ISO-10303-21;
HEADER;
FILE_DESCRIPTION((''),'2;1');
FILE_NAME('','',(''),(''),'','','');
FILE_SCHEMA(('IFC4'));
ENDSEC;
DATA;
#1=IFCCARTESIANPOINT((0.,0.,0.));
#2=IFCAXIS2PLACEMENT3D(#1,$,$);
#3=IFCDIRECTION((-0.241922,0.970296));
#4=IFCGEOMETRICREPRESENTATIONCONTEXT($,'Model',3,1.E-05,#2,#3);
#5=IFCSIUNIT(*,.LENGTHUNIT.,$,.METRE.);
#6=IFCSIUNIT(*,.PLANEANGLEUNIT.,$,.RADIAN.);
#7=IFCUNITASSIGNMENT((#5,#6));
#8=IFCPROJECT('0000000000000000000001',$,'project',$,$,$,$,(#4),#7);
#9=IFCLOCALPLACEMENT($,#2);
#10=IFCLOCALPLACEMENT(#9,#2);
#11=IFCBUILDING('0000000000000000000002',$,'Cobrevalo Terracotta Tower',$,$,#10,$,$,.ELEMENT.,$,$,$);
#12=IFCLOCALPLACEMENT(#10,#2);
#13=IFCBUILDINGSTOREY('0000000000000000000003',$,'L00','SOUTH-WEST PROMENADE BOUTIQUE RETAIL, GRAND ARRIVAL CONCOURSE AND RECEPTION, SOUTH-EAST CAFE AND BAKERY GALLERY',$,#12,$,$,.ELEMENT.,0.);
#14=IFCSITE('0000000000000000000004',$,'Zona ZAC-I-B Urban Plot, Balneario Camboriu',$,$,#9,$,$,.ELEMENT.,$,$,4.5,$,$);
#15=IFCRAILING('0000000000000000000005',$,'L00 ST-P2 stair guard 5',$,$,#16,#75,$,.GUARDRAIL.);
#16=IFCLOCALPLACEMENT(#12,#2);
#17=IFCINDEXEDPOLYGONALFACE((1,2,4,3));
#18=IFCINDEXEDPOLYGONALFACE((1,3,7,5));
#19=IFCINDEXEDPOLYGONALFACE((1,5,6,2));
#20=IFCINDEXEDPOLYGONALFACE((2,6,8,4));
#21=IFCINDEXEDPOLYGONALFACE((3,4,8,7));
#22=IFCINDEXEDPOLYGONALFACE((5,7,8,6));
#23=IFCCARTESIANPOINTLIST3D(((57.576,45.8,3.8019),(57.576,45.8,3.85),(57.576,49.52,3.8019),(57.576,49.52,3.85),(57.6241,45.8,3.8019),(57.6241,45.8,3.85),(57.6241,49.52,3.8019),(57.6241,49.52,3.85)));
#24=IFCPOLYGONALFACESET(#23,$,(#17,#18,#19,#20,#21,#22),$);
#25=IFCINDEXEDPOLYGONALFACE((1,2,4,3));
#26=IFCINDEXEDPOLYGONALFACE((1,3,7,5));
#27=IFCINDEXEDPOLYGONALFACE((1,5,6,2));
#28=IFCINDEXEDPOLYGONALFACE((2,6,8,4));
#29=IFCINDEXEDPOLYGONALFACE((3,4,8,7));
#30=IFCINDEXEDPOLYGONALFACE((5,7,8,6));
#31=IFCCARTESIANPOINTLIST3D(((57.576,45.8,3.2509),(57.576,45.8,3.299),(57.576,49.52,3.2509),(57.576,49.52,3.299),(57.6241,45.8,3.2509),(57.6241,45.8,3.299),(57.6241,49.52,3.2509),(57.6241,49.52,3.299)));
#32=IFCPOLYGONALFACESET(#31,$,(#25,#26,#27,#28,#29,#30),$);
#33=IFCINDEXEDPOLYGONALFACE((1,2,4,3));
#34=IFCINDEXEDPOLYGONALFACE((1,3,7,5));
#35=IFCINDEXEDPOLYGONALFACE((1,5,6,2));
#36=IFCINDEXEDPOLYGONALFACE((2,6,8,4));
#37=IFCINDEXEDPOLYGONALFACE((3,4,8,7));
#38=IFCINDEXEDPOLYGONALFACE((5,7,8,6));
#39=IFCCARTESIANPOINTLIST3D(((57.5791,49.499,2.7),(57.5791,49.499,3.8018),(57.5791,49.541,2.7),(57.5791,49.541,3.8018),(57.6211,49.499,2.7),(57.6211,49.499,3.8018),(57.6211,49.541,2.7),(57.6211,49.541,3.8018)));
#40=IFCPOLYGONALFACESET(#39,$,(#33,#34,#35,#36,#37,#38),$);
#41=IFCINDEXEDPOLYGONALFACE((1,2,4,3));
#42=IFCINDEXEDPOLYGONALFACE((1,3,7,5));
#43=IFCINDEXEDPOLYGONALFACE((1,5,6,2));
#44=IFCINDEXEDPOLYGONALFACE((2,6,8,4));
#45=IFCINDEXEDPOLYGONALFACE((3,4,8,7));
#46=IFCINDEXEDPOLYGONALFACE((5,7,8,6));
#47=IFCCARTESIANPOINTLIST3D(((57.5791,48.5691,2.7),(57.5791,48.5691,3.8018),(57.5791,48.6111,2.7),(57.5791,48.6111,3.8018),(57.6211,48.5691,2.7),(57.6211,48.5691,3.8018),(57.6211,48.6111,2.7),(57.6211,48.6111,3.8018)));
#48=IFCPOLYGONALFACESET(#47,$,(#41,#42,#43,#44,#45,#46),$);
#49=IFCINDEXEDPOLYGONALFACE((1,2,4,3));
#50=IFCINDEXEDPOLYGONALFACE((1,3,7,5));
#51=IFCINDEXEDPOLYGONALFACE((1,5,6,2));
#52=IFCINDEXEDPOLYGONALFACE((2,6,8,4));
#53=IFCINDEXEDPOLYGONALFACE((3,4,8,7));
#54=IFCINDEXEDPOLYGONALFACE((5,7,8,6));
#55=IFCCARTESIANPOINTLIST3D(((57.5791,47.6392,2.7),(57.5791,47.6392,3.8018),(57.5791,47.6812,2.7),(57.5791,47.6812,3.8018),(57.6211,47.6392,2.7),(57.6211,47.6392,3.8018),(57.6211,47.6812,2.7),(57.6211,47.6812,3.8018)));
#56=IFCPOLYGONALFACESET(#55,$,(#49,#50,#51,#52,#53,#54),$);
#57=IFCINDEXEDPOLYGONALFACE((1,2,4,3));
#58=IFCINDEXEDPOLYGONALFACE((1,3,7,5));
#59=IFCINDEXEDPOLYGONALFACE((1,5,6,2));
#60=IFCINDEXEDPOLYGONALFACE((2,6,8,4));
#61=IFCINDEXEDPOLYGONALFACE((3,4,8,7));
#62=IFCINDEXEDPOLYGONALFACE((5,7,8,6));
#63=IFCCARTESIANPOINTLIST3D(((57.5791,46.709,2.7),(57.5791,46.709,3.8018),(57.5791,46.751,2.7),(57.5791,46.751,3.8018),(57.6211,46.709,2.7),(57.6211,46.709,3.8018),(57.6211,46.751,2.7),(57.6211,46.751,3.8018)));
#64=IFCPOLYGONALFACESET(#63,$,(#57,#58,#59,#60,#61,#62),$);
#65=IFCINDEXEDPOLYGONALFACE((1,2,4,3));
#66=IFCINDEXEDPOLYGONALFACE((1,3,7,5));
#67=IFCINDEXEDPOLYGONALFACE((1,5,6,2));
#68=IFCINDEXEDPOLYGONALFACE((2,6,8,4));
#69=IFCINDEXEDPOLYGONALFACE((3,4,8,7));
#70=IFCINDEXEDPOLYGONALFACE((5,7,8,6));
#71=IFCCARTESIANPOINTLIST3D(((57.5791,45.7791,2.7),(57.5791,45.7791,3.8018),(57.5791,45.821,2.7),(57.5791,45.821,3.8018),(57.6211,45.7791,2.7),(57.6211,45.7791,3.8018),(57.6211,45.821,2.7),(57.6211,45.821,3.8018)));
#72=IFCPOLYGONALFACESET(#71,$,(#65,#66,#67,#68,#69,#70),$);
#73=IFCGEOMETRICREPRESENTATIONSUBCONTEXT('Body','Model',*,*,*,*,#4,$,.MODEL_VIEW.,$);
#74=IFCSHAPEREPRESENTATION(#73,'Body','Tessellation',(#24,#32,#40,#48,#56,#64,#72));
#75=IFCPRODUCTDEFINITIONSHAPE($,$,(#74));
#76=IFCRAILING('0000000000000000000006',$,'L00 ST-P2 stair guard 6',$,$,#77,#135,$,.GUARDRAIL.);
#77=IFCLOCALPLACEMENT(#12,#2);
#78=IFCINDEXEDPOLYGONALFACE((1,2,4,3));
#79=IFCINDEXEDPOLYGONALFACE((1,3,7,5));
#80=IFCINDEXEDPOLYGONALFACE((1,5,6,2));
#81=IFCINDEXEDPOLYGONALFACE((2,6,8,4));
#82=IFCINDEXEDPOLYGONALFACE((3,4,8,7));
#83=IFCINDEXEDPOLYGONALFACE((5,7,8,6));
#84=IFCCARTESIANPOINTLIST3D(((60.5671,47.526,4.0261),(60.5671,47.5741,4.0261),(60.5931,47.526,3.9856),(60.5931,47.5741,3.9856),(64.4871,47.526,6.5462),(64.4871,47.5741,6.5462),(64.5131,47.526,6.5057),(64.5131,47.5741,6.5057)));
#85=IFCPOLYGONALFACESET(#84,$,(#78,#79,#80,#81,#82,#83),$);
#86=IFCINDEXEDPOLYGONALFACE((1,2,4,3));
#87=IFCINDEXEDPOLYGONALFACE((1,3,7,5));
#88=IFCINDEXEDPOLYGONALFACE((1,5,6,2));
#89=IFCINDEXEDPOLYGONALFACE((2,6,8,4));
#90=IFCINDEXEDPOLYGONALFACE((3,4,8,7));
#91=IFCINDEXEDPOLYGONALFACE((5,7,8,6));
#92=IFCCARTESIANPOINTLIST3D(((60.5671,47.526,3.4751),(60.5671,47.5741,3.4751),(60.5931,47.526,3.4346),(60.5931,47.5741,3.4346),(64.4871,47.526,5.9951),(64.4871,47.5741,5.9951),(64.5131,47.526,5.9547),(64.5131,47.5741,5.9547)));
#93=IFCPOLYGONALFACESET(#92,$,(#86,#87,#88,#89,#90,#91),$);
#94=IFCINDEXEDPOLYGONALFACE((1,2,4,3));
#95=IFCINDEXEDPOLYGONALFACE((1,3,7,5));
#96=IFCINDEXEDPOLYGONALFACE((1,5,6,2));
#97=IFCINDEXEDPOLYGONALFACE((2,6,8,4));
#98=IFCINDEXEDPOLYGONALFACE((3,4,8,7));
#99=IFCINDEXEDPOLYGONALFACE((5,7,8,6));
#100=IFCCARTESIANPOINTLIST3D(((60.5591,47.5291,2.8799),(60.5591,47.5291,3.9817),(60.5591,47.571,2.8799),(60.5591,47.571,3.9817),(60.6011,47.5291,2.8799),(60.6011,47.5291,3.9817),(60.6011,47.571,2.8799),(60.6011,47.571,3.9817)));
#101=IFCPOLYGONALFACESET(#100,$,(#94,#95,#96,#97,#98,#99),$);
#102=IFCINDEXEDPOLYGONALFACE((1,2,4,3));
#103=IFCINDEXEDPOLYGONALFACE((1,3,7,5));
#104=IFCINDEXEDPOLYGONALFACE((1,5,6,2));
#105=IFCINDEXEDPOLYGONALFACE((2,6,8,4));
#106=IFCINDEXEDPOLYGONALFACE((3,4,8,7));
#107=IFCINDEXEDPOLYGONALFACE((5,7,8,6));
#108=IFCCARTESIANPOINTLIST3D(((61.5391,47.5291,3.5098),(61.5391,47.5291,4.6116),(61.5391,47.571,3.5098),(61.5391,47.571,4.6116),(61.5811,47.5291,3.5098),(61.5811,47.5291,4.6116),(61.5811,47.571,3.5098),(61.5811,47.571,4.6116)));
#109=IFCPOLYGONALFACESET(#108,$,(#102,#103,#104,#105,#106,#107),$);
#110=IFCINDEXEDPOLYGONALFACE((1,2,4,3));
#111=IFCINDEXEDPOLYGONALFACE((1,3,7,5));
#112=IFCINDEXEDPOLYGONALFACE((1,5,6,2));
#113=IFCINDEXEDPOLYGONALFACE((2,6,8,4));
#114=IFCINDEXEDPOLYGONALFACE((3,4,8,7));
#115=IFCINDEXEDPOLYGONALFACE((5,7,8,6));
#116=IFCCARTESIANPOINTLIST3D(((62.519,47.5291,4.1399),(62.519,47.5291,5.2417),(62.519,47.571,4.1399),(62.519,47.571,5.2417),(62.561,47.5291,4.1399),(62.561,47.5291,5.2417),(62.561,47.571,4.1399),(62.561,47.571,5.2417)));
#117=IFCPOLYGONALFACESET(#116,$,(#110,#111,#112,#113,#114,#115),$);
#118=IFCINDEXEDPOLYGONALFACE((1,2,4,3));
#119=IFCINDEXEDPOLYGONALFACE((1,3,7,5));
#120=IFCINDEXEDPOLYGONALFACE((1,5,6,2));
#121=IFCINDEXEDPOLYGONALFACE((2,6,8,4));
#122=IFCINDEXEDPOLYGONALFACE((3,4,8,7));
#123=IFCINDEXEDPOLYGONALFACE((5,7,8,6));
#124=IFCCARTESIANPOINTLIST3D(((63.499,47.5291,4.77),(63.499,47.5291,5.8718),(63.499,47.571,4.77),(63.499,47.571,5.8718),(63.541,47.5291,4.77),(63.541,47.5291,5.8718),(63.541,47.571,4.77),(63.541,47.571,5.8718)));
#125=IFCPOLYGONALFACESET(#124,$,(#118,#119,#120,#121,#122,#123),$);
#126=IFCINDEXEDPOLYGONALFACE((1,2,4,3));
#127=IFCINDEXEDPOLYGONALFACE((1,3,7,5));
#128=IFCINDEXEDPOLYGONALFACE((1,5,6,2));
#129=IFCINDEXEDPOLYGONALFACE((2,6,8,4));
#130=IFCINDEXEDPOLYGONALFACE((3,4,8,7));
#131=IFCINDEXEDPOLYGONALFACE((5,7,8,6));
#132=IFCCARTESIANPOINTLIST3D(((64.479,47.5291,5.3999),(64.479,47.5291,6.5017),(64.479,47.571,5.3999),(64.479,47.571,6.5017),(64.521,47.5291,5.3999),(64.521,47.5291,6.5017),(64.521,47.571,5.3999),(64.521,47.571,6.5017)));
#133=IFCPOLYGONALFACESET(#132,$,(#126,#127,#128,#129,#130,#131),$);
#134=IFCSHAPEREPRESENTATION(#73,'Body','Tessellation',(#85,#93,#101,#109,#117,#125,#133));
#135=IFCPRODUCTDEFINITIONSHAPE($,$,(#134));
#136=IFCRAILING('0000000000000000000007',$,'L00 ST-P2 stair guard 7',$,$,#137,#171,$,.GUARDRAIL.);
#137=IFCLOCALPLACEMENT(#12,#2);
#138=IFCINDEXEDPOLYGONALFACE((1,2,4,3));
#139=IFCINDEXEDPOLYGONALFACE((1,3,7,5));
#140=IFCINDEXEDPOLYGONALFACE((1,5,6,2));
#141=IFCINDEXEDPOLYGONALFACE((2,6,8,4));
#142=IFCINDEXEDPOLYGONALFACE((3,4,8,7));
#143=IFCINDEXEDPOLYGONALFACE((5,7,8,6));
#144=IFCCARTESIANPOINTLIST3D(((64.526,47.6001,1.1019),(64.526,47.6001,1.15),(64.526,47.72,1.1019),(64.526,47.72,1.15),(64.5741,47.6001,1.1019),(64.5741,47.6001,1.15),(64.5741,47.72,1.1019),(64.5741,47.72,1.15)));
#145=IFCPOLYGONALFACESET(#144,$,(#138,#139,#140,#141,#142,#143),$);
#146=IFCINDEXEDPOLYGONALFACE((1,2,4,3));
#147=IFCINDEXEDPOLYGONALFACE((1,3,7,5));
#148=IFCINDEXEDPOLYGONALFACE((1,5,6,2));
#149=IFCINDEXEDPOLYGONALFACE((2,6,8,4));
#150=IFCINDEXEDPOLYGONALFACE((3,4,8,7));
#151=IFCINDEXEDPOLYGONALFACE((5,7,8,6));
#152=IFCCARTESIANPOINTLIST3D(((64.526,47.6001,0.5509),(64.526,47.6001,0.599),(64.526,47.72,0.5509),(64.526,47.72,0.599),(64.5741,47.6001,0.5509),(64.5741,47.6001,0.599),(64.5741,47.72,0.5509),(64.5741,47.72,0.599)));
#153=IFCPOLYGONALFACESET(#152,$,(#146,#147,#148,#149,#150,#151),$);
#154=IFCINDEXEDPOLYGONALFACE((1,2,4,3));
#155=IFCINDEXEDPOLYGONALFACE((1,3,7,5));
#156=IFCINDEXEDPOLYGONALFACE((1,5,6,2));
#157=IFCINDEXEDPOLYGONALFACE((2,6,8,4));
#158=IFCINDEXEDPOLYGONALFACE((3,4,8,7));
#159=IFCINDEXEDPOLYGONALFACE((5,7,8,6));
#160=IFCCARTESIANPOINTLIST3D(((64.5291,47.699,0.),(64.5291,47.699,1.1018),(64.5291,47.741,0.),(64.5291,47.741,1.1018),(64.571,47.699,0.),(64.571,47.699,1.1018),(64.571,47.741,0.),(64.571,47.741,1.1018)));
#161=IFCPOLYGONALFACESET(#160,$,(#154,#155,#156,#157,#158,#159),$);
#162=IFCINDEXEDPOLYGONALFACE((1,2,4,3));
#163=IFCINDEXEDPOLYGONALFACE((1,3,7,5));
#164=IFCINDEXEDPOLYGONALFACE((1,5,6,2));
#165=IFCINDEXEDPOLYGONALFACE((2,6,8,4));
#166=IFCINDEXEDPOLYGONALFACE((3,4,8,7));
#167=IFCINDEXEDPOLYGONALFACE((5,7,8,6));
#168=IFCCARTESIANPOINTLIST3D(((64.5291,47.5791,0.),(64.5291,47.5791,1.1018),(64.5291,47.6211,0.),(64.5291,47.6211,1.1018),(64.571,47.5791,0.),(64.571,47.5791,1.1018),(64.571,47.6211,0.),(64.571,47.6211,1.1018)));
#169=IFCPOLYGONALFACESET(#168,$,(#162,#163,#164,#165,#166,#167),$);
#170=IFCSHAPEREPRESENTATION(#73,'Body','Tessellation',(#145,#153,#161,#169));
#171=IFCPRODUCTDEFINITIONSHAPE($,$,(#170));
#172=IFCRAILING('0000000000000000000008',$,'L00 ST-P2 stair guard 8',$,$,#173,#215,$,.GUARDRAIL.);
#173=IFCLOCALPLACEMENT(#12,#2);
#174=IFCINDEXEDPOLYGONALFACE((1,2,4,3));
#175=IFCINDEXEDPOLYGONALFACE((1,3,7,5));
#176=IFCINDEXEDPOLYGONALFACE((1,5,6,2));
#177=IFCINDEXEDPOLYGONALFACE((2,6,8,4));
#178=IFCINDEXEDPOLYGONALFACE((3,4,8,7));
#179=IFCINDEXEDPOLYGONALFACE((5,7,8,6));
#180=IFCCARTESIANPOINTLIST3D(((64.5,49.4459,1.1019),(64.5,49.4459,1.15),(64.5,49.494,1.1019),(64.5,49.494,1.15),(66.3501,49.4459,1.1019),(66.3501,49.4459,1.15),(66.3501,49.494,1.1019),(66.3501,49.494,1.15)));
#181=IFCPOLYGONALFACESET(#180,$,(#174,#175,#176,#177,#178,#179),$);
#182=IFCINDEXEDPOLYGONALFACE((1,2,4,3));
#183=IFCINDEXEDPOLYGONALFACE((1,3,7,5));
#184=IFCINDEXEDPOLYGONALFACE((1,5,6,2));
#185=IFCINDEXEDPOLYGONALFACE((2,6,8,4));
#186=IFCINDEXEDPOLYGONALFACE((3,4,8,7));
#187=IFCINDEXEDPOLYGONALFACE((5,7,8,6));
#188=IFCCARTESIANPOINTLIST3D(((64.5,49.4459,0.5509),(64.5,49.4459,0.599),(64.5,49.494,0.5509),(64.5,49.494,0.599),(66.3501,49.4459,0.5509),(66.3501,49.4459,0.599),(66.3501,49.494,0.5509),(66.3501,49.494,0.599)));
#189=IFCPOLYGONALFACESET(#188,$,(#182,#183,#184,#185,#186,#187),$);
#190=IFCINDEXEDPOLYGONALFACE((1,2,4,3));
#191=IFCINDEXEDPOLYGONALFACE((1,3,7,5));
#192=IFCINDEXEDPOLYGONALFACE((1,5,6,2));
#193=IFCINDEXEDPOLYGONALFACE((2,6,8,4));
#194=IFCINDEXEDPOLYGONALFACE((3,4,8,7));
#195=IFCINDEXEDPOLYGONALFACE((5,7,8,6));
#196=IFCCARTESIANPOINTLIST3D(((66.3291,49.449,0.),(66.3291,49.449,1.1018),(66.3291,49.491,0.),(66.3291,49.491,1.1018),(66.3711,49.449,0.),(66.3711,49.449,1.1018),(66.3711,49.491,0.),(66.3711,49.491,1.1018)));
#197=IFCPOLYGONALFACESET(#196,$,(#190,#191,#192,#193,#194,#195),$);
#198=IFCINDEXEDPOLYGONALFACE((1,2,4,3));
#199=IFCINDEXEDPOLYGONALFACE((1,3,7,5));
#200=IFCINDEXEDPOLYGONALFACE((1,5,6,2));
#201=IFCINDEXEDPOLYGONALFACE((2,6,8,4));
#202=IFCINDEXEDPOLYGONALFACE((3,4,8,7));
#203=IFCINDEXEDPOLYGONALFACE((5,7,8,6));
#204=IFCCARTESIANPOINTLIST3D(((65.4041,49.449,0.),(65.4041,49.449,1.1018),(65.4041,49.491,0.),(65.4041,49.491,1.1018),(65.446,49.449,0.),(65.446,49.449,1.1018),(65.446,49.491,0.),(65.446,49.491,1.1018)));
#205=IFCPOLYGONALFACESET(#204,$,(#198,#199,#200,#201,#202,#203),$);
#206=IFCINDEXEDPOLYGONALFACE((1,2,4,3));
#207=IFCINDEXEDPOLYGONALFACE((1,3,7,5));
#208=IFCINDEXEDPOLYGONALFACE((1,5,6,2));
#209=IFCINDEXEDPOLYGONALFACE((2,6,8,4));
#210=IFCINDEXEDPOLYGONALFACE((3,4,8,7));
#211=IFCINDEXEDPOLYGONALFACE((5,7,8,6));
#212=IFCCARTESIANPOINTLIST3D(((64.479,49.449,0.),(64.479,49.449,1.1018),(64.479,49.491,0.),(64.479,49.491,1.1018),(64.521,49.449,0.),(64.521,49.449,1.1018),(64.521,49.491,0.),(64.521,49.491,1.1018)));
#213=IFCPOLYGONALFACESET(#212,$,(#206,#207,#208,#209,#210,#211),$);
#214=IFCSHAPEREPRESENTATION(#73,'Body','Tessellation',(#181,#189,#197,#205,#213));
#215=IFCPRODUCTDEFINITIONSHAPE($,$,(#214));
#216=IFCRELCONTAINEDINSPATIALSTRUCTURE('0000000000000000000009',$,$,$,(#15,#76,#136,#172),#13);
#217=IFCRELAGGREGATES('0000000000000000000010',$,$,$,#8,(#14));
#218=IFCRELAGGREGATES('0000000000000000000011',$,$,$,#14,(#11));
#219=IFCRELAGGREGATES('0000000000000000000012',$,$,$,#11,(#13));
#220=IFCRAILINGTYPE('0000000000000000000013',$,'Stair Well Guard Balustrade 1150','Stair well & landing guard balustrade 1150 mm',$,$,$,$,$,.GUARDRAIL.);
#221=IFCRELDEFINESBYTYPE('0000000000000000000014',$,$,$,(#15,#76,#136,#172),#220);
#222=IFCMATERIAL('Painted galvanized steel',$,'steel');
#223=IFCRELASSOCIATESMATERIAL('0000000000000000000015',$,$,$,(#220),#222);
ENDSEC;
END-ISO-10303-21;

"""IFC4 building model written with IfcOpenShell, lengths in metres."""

from ifc_helpers import new_model, si_unit, direction, frame, origin, origin_2d, place, context, subcontext, project, spatial, rectangle, extrude, material, type_object, element, save


model = new_model("IFC4")

# Units and contexts
model_context = context("Model", 3, precision=1e-05, world=origin(), true_north=direction((-0.241922, 0.970296)))
body_context = subcontext(model_context, "Body", "Model", "MODEL_VIEW")
ifc_project = project(units=[si_unit("LENGTHUNIT", "METRE"), si_unit("PLANEANGLEUNIT", "RADIAN")], contexts=[model_context])

# Site, building, storey
site_placement = place(None, origin())
site = spatial("IfcSite", under=ifc_project, at=site_placement, Name="Zona ZAC-I-B Urban Plot, Balneario Camboriu", CompositionType="ELEMENT", RefElevation=4.5)
building_placement = place(site_placement, origin())
building = spatial("IfcBuilding", under=site, at=building_placement, Name="Cobrevalo Terracotta Tower", CompositionType="ELEMENT")
storey_placement = place(building_placement, origin())
storey = spatial("IfcBuildingStorey", under=building, at=storey_placement, Name="L00", Description="SOUTH-WEST PROMENADE BOUTIQUE RETAIL, GRAND ARRIVAL CONCOURSE AND RECEPTION, SOUTH-EAST CAFE AND BAKERY GALLERY", CompositionType="ELEMENT", Elevation=0.0)

# Railings
ifc_material_1 = material(Name="Painted galvanized steel", Category="steel")
railing_type_1 = type_object("IfcRailingType", Name="Stair Well Guard Balustrade 1150", Description="Stair well & landing guard balustrade 1150 mm", PredefinedType="GUARDRAIL", material=ifc_material_1)
railing_1_placement = place(storey_placement, frame((57.6001, 49.52, 2.7)))
element("IfcRailing", 1, at=railing_1_placement, inside=storey, type_object=railing_type_1, Name="L00 ST-P2 stair guard 5", PredefinedType="GUARDRAIL", context=body_context, shape_type="SweptSolid", body=[
    extrude(rectangle(XDim=0.0481, YDim=0.0481, at=origin_2d()), frame((0.0, 0.0, 1.126), z_axis=(0.0, -1.0, 0.0), x_axis=(1.0, 0.0, 0.0)), (0.0, 0.0, 1.0), 3.72),
    extrude(rectangle(XDim=0.0481, YDim=0.0481, at=origin_2d()), frame((0.0, 0.0, 0.575), z_axis=(0.0, -1.0, 0.0), x_axis=(1.0, 0.0, 0.0)), (0.0, 0.0, 1.0), 3.72),
    extrude(rectangle(XDim=0.042, YDim=0.042, at=origin_2d()), origin(), (0.0, 0.0, 1.0), 1.1018),
    extrude(rectangle(XDim=0.042, YDim=0.042, at=origin_2d()), frame((0.0, -0.9299, 0.0)), (0.0, 0.0, 1.0), 1.1018),
    extrude(rectangle(XDim=0.042, YDim=0.042, at=origin_2d()), frame((0.0, -1.8599, 0.0)), (0.0, 0.0, 1.0), 1.1018),
    extrude(rectangle(XDim=0.042, YDim=0.042, at=origin_2d()), frame((0.0, -2.79, 0.0)), (0.0, 0.0, 1.0), 1.1018),
    extrude(rectangle(XDim=0.042, YDim=0.042, at=origin_2d()), frame((0.0, -3.72, 0.0)), (0.0, 0.0, 1.0), 1.1018),
])
railing_2_placement = place(storey_placement, frame((60.5801, 47.55, 2.8799)))
element("IfcRailing", 2, at=railing_2_placement, inside=storey, type_object=railing_type_1, Name="L00 ST-P2 stair guard 6", PredefinedType="GUARDRAIL", context=body_context, shape_type="SweptSolid", body=[
    extrude(rectangle(XDim=0.0481, YDim=0.0481, at=origin_2d()), frame((0.0, 0.0, 1.126), z_axis=(0.841172, 0.0, 0.540768), x_axis=(0.0, 1.0, 0.0)), (0.0, 0.0, 1.0), 4.6602),
    extrude(rectangle(XDim=0.0481, YDim=0.0481, at=origin_2d()), frame((0.0, 0.0, 0.575), z_axis=(0.841172, 0.0, 0.540768), x_axis=(0.0, 1.0, 0.0)), (0.0, 0.0, 1.0), 4.6602),
    extrude(rectangle(XDim=0.042, YDim=0.042, at=origin_2d()), origin(), (0.0, 0.0, 1.0), 1.1018),
    extrude(rectangle(XDim=0.042, YDim=0.042, at=origin_2d()), frame((0.98, 0.0, 0.6299)), (0.0, 0.0, 1.0), 1.1018),
    extrude(rectangle(XDim=0.042, YDim=0.042, at=origin_2d()), frame((1.96, 0.0, 1.26)), (0.0, 0.0, 1.0), 1.1018),
    extrude(rectangle(XDim=0.042, YDim=0.042, at=origin_2d()), frame((2.9399, 0.0, 1.8901)), (0.0, 0.0, 1.0), 1.1018),
    extrude(rectangle(XDim=0.042, YDim=0.042, at=origin_2d()), frame((3.9199, 0.0, 2.52)), (0.0, 0.0, 1.0), 1.1018),
])
railing_3_placement = place(storey_placement, frame((64.55, 47.72, 0.0)))
element("IfcRailing", 3, at=railing_3_placement, inside=storey, type_object=railing_type_1, Name="L00 ST-P2 stair guard 7", PredefinedType="GUARDRAIL", context=body_context, shape_type="SweptSolid", body=[
    extrude(rectangle(XDim=0.0481, YDim=0.0481, at=origin_2d()), frame((0.0, 0.0, 1.126), z_axis=(0.0, -1.0, 0.0), x_axis=(1.0, 0.0, 0.0)), (0.0, 0.0, 1.0), 0.1199),
    extrude(rectangle(XDim=0.0481, YDim=0.0481, at=origin_2d()), frame((0.0, 0.0, 0.575), z_axis=(0.0, -1.0, 0.0), x_axis=(1.0, 0.0, 0.0)), (0.0, 0.0, 1.0), 0.1199),
    extrude(rectangle(XDim=0.042, YDim=0.042, at=origin_2d()), origin(), (0.0, 0.0, 1.0), 1.1018),
    extrude(rectangle(XDim=0.042, YDim=0.042, at=origin_2d()), frame((0.0, -0.1199, 0.0)), (0.0, 0.0, 1.0), 1.1018),
])
for number, where, name in (
    (4, (66.3501, 49.47, 0.0), "L00 ST-P2 stair guard 8"),
):
    element("IfcRailing", number, at=place(storey_placement, frame(where)), inside=storey, type_object=railing_type_1, Name=name, PredefinedType="GUARDRAIL", context=body_context, shape_type="SweptSolid", body=[
        extrude(rectangle(XDim=0.0481, YDim=0.0481, at=origin_2d()), frame((0.0, 0.0, 1.126), z_axis=(-1.0, 0.0, 0.0), x_axis=(0.0, -1.0, 0.0)), (0.0, 0.0, 1.0), 1.8501),
        extrude(rectangle(XDim=0.0481, YDim=0.0481, at=origin_2d()), frame((0.0, 0.0, 0.575), z_axis=(-1.0, 0.0, 0.0), x_axis=(0.0, -1.0, 0.0)), (0.0, 0.0, 1.0), 1.8501),
        extrude(rectangle(XDim=0.042, YDim=0.042, at=origin_2d()), origin(), (0.0, 0.0, 1.0), 1.1018),
        extrude(rectangle(XDim=0.042, YDim=0.042, at=origin_2d()), frame((-0.925, 0.0, 0.0)), (0.0, 0.0, 1.0), 1.1018),
        extrude(rectangle(XDim=0.042, YDim=0.042, at=origin_2d()), frame((-1.8501, 0.0, 0.0)), (0.0, 0.0, 1.0), 1.1018),
    ])

save(model, "model.ifc")
